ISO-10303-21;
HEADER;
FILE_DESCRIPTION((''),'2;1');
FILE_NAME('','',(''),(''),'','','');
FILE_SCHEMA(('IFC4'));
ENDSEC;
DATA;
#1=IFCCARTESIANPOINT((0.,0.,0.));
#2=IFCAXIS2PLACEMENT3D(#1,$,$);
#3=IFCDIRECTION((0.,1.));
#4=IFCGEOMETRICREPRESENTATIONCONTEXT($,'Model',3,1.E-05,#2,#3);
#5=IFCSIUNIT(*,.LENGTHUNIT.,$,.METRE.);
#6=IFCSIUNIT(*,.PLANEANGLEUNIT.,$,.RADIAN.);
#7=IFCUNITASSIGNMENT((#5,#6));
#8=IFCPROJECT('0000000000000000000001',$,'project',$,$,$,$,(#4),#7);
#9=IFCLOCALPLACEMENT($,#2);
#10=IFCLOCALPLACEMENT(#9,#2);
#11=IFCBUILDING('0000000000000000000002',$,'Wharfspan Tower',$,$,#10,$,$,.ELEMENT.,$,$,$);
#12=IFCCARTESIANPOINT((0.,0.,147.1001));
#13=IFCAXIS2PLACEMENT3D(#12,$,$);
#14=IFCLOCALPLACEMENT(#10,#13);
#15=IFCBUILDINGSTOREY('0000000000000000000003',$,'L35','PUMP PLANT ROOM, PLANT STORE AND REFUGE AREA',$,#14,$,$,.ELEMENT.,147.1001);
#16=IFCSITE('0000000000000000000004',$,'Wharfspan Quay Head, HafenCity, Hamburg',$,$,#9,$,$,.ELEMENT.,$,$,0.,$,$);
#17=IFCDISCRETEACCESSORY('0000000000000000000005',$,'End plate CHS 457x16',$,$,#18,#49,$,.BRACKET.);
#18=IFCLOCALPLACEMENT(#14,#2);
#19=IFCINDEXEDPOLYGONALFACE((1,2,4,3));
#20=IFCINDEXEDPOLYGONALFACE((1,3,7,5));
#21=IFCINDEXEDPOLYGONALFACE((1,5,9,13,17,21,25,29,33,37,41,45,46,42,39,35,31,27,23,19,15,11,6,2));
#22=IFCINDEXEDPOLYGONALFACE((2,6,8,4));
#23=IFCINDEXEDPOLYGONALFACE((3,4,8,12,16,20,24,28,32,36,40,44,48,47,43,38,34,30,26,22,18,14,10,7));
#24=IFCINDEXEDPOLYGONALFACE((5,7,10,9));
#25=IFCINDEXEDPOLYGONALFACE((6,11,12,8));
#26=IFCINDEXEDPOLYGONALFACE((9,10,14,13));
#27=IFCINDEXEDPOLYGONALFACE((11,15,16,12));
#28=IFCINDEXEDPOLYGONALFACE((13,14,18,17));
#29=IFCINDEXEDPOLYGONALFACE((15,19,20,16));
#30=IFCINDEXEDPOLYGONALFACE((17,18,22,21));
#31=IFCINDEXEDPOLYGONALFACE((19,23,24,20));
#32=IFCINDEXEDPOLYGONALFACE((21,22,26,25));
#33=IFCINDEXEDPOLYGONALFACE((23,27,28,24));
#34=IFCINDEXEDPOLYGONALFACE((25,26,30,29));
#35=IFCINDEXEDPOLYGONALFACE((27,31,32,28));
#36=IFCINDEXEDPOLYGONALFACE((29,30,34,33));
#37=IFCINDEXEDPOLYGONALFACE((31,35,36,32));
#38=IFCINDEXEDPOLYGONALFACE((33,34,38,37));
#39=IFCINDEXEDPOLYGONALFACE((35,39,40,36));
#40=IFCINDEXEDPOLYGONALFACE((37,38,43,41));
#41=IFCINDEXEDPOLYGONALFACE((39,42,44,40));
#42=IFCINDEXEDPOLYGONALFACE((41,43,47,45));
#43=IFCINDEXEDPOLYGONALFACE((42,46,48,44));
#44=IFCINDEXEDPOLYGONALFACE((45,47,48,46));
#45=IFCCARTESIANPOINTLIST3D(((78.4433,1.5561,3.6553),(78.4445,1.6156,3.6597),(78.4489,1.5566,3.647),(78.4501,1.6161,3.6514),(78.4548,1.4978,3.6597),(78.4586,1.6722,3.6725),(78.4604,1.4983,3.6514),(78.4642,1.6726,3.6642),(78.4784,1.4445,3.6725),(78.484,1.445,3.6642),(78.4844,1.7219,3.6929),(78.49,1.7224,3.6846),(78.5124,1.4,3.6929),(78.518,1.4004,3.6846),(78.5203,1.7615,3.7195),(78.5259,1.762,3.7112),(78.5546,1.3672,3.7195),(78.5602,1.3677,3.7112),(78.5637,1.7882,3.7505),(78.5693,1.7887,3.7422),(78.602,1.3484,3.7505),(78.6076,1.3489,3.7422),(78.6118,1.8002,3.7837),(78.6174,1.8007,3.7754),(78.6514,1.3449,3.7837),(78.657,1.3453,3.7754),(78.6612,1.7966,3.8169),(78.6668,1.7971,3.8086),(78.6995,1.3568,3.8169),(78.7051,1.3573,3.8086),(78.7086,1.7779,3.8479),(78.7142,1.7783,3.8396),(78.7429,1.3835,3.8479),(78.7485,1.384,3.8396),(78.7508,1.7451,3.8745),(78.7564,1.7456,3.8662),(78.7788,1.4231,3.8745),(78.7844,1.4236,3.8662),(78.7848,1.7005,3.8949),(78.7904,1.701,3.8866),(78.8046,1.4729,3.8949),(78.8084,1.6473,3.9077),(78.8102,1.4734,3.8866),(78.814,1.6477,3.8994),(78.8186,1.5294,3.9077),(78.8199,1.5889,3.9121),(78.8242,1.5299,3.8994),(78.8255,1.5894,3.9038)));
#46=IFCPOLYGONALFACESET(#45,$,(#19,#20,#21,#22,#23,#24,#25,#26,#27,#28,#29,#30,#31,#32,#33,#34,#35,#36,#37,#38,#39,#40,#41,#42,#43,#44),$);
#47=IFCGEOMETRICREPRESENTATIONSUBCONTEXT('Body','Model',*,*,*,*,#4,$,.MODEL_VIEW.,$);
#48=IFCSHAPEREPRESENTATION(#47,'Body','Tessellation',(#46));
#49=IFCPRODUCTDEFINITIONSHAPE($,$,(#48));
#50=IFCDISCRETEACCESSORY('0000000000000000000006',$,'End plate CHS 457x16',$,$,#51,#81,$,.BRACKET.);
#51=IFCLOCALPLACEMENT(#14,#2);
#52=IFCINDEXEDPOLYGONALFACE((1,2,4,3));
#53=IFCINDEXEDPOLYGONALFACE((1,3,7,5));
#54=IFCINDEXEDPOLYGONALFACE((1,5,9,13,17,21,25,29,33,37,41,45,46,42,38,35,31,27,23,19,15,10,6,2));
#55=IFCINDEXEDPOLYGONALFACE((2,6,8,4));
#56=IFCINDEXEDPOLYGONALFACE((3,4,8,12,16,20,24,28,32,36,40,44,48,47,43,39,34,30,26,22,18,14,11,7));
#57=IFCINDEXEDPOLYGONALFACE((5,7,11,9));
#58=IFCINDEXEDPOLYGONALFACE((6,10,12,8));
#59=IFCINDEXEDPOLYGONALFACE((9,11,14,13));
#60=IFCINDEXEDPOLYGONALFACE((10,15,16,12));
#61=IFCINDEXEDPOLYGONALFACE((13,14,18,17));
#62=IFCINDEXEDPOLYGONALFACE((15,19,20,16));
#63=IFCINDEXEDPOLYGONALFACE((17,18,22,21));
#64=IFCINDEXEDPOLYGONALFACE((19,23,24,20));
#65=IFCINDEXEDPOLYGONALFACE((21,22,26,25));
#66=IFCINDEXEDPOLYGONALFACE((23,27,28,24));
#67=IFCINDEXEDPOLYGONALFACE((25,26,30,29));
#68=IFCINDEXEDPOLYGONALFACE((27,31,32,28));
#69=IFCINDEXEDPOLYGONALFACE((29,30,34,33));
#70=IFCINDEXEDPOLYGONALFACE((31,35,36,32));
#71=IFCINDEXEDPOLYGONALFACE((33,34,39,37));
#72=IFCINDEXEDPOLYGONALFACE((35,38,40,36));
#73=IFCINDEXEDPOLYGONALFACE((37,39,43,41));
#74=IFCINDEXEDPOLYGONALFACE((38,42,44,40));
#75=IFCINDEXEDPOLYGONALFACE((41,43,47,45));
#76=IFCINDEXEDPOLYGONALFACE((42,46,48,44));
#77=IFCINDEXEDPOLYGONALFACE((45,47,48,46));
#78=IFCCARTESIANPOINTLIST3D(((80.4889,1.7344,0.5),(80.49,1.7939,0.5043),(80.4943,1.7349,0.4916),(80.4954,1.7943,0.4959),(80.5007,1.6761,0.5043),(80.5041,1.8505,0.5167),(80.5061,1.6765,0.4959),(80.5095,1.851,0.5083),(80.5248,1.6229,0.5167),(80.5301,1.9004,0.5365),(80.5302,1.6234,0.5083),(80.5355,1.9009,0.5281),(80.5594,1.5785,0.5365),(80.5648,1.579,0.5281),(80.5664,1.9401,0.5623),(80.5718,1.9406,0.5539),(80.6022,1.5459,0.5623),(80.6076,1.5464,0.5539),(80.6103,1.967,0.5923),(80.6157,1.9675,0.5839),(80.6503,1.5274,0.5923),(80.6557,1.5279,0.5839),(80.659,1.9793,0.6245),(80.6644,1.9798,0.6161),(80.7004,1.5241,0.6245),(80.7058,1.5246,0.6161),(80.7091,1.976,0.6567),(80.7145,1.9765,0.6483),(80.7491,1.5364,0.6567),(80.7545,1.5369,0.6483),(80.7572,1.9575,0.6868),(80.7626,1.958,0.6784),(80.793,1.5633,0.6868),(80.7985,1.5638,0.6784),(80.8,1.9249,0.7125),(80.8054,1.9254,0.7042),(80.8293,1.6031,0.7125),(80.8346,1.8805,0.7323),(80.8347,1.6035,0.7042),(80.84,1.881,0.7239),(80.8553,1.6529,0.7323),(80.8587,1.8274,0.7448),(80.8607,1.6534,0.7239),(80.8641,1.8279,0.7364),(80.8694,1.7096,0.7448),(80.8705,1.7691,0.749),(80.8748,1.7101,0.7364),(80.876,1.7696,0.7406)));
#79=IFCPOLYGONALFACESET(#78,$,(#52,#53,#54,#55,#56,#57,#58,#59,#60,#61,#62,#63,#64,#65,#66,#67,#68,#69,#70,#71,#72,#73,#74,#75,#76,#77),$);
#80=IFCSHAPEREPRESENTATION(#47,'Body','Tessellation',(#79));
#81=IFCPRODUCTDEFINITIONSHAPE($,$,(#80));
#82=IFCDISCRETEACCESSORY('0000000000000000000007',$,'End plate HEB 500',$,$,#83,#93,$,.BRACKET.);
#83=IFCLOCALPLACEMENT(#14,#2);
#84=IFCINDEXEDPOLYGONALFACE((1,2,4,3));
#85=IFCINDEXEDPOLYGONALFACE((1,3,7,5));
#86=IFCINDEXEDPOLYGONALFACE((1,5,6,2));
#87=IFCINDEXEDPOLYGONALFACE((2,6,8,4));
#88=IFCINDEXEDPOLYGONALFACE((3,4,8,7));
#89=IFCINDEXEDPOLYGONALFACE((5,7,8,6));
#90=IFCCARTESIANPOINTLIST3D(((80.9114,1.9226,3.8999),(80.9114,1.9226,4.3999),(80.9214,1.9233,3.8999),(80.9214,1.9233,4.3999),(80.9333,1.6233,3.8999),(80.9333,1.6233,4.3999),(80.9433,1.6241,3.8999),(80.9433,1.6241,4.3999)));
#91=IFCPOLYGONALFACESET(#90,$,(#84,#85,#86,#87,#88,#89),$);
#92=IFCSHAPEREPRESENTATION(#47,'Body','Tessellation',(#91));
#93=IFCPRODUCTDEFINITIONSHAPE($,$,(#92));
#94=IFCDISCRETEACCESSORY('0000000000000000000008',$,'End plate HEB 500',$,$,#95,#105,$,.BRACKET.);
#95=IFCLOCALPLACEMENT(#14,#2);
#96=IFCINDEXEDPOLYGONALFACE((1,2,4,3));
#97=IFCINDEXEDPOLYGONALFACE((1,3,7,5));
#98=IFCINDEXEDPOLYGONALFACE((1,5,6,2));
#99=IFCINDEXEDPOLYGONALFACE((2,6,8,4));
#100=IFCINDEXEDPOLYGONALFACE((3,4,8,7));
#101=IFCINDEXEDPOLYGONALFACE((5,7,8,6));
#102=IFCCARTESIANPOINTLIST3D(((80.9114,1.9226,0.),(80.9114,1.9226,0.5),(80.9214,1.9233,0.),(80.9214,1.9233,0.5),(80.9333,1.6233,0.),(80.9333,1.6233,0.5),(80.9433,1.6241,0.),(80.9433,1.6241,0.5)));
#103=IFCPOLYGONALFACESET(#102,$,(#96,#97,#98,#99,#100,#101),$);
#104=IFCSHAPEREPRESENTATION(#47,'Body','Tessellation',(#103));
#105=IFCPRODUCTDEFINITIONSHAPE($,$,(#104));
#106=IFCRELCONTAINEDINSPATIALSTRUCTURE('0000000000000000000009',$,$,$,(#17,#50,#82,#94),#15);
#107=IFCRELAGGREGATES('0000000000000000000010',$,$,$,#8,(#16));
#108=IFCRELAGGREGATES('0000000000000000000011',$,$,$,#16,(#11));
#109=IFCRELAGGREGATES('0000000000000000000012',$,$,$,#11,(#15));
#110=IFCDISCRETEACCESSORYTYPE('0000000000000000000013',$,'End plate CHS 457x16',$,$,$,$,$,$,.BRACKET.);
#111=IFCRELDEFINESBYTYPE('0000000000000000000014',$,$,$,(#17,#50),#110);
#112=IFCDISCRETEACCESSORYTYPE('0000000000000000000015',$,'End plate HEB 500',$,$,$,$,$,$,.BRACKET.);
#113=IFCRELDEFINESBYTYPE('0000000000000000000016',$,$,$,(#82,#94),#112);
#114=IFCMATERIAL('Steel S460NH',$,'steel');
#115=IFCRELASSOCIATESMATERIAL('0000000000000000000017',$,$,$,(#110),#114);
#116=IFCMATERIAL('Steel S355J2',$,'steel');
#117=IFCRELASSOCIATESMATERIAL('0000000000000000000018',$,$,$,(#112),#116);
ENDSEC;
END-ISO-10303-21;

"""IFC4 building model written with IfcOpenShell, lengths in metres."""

from ifc_helpers import new_model, si_unit, direction, frame, origin, origin_2d, place, context, subcontext, project, spatial, rectangle, circle, extrude, material, material_profile, profile_set, type_object, element, save


model = new_model("IFC4")

# Units and contexts
model_context = context("Model", 3, precision=1e-05, world=origin(), true_north=direction((0.0, 1.0)))
body_context = subcontext(model_context, "Body", "Model", "MODEL_VIEW")
ifc_project = project(units=[si_unit("LENGTHUNIT", "METRE"), si_unit("PLANEANGLEUNIT", "RADIAN")], contexts=[model_context])

# Site, building, storey
site_placement = place(None, origin())
site = spatial("IfcSite", under=ifc_project, at=site_placement, Name="Wharfspan Quay Head, HafenCity, Hamburg", CompositionType="ELEMENT", RefElevation=0.0)
building_placement = place(site_placement, origin())
building = spatial("IfcBuilding", under=site, at=building_placement, Name="Wharfspan Tower", CompositionType="ELEMENT")
storey_placement = place(building_placement, frame((0.0, 0.0, 147.1001)))
storey = spatial("IfcBuildingStorey", under=building, at=storey_placement, Name="L35", Description="PUMP PLANT ROOM, PLANT STORE AND REFUGE AREA", CompositionType="ELEMENT", Elevation=147.1001)

# Shared definitions
ifc_material_1 = material(Name="Steel S355J2", Category="steel")

# Shared definitions
ifc_material_2 = material(Name="Steel S460NH", Category="steel")

# Discrete accessories
ifc_material_profile_1 = material_profile(ifc_material_2, circle(Radius=0.2285, at=origin_2d()))
ifc_profile_set_1 = profile_set([ifc_material_profile_1], Name="Steel S460NH")
discrete_accessory_type_1 = type_object("IfcDiscreteAccessoryType", Name="End plate CHS 457x16", PredefinedType="BRACKET", material=ifc_profile_set_1)
for number, where, z_axis, x_axis, name in (
    (1, (78.6316, 1.5725, 3.7837), (0.559645, 0.048665, -0.827302), (-0.086627, 0.99624, 0.000002), "End plate CHS 457x16"),
    (2, (80.6797, 1.7517, 0.6245), (0.54259, 0.049326, -0.838548), (-0.090535, 0.995892, 0.0), "End plate CHS 457x16"),
):
    element("IfcDiscreteAccessory", number, at=place(storey_placement, frame(where, z_axis=z_axis, x_axis=x_axis)), inside=storey, type_object=discrete_accessory_type_1, Name=name, PredefinedType="BRACKET", context=body_context, shape_type="SweptSolid", body=[
        extrude(circle(Radius=0.2285, at=origin_2d()), origin(), (0.0, 0.0, 1.0), 0.01),
    ])
ifc_material_profile_2 = material_profile(ifc_material_1, rectangle(XDim=0.3, YDim=0.5, at=origin_2d()))
ifc_profile_set_2 = profile_set([ifc_material_profile_2], Name="Steel S355J2")
discrete_accessory_type_2 = type_object("IfcDiscreteAccessoryType", Name="End plate HEB 500", PredefinedType="BRACKET", material=ifc_profile_set_2)
for number, where, z_axis, x_axis, name in (
    (3, (80.9224, 1.7729, 4.1499), (0.997334, 0.072976, 0.0), (-0.072976, 0.997334, 0.0), "End plate HEB 500"),
    (4, (80.9224, 1.7729, 0.25), (0.997334, 0.072976, 0.0), (-0.072976, 0.997334, 0.0), "End plate HEB 500"),
):
    element("IfcDiscreteAccessory", number, at=place(storey_placement, frame(where, z_axis=z_axis, x_axis=x_axis)), inside=storey, type_object=discrete_accessory_type_2, Name=name, PredefinedType="BRACKET", context=body_context, shape_type="SweptSolid", body=[
        extrude(rectangle(XDim=0.3, YDim=0.5, at=origin_2d()), origin(), (0.0, 0.0, 1.0), 0.01),
    ])

save(model, "model.ifc")
